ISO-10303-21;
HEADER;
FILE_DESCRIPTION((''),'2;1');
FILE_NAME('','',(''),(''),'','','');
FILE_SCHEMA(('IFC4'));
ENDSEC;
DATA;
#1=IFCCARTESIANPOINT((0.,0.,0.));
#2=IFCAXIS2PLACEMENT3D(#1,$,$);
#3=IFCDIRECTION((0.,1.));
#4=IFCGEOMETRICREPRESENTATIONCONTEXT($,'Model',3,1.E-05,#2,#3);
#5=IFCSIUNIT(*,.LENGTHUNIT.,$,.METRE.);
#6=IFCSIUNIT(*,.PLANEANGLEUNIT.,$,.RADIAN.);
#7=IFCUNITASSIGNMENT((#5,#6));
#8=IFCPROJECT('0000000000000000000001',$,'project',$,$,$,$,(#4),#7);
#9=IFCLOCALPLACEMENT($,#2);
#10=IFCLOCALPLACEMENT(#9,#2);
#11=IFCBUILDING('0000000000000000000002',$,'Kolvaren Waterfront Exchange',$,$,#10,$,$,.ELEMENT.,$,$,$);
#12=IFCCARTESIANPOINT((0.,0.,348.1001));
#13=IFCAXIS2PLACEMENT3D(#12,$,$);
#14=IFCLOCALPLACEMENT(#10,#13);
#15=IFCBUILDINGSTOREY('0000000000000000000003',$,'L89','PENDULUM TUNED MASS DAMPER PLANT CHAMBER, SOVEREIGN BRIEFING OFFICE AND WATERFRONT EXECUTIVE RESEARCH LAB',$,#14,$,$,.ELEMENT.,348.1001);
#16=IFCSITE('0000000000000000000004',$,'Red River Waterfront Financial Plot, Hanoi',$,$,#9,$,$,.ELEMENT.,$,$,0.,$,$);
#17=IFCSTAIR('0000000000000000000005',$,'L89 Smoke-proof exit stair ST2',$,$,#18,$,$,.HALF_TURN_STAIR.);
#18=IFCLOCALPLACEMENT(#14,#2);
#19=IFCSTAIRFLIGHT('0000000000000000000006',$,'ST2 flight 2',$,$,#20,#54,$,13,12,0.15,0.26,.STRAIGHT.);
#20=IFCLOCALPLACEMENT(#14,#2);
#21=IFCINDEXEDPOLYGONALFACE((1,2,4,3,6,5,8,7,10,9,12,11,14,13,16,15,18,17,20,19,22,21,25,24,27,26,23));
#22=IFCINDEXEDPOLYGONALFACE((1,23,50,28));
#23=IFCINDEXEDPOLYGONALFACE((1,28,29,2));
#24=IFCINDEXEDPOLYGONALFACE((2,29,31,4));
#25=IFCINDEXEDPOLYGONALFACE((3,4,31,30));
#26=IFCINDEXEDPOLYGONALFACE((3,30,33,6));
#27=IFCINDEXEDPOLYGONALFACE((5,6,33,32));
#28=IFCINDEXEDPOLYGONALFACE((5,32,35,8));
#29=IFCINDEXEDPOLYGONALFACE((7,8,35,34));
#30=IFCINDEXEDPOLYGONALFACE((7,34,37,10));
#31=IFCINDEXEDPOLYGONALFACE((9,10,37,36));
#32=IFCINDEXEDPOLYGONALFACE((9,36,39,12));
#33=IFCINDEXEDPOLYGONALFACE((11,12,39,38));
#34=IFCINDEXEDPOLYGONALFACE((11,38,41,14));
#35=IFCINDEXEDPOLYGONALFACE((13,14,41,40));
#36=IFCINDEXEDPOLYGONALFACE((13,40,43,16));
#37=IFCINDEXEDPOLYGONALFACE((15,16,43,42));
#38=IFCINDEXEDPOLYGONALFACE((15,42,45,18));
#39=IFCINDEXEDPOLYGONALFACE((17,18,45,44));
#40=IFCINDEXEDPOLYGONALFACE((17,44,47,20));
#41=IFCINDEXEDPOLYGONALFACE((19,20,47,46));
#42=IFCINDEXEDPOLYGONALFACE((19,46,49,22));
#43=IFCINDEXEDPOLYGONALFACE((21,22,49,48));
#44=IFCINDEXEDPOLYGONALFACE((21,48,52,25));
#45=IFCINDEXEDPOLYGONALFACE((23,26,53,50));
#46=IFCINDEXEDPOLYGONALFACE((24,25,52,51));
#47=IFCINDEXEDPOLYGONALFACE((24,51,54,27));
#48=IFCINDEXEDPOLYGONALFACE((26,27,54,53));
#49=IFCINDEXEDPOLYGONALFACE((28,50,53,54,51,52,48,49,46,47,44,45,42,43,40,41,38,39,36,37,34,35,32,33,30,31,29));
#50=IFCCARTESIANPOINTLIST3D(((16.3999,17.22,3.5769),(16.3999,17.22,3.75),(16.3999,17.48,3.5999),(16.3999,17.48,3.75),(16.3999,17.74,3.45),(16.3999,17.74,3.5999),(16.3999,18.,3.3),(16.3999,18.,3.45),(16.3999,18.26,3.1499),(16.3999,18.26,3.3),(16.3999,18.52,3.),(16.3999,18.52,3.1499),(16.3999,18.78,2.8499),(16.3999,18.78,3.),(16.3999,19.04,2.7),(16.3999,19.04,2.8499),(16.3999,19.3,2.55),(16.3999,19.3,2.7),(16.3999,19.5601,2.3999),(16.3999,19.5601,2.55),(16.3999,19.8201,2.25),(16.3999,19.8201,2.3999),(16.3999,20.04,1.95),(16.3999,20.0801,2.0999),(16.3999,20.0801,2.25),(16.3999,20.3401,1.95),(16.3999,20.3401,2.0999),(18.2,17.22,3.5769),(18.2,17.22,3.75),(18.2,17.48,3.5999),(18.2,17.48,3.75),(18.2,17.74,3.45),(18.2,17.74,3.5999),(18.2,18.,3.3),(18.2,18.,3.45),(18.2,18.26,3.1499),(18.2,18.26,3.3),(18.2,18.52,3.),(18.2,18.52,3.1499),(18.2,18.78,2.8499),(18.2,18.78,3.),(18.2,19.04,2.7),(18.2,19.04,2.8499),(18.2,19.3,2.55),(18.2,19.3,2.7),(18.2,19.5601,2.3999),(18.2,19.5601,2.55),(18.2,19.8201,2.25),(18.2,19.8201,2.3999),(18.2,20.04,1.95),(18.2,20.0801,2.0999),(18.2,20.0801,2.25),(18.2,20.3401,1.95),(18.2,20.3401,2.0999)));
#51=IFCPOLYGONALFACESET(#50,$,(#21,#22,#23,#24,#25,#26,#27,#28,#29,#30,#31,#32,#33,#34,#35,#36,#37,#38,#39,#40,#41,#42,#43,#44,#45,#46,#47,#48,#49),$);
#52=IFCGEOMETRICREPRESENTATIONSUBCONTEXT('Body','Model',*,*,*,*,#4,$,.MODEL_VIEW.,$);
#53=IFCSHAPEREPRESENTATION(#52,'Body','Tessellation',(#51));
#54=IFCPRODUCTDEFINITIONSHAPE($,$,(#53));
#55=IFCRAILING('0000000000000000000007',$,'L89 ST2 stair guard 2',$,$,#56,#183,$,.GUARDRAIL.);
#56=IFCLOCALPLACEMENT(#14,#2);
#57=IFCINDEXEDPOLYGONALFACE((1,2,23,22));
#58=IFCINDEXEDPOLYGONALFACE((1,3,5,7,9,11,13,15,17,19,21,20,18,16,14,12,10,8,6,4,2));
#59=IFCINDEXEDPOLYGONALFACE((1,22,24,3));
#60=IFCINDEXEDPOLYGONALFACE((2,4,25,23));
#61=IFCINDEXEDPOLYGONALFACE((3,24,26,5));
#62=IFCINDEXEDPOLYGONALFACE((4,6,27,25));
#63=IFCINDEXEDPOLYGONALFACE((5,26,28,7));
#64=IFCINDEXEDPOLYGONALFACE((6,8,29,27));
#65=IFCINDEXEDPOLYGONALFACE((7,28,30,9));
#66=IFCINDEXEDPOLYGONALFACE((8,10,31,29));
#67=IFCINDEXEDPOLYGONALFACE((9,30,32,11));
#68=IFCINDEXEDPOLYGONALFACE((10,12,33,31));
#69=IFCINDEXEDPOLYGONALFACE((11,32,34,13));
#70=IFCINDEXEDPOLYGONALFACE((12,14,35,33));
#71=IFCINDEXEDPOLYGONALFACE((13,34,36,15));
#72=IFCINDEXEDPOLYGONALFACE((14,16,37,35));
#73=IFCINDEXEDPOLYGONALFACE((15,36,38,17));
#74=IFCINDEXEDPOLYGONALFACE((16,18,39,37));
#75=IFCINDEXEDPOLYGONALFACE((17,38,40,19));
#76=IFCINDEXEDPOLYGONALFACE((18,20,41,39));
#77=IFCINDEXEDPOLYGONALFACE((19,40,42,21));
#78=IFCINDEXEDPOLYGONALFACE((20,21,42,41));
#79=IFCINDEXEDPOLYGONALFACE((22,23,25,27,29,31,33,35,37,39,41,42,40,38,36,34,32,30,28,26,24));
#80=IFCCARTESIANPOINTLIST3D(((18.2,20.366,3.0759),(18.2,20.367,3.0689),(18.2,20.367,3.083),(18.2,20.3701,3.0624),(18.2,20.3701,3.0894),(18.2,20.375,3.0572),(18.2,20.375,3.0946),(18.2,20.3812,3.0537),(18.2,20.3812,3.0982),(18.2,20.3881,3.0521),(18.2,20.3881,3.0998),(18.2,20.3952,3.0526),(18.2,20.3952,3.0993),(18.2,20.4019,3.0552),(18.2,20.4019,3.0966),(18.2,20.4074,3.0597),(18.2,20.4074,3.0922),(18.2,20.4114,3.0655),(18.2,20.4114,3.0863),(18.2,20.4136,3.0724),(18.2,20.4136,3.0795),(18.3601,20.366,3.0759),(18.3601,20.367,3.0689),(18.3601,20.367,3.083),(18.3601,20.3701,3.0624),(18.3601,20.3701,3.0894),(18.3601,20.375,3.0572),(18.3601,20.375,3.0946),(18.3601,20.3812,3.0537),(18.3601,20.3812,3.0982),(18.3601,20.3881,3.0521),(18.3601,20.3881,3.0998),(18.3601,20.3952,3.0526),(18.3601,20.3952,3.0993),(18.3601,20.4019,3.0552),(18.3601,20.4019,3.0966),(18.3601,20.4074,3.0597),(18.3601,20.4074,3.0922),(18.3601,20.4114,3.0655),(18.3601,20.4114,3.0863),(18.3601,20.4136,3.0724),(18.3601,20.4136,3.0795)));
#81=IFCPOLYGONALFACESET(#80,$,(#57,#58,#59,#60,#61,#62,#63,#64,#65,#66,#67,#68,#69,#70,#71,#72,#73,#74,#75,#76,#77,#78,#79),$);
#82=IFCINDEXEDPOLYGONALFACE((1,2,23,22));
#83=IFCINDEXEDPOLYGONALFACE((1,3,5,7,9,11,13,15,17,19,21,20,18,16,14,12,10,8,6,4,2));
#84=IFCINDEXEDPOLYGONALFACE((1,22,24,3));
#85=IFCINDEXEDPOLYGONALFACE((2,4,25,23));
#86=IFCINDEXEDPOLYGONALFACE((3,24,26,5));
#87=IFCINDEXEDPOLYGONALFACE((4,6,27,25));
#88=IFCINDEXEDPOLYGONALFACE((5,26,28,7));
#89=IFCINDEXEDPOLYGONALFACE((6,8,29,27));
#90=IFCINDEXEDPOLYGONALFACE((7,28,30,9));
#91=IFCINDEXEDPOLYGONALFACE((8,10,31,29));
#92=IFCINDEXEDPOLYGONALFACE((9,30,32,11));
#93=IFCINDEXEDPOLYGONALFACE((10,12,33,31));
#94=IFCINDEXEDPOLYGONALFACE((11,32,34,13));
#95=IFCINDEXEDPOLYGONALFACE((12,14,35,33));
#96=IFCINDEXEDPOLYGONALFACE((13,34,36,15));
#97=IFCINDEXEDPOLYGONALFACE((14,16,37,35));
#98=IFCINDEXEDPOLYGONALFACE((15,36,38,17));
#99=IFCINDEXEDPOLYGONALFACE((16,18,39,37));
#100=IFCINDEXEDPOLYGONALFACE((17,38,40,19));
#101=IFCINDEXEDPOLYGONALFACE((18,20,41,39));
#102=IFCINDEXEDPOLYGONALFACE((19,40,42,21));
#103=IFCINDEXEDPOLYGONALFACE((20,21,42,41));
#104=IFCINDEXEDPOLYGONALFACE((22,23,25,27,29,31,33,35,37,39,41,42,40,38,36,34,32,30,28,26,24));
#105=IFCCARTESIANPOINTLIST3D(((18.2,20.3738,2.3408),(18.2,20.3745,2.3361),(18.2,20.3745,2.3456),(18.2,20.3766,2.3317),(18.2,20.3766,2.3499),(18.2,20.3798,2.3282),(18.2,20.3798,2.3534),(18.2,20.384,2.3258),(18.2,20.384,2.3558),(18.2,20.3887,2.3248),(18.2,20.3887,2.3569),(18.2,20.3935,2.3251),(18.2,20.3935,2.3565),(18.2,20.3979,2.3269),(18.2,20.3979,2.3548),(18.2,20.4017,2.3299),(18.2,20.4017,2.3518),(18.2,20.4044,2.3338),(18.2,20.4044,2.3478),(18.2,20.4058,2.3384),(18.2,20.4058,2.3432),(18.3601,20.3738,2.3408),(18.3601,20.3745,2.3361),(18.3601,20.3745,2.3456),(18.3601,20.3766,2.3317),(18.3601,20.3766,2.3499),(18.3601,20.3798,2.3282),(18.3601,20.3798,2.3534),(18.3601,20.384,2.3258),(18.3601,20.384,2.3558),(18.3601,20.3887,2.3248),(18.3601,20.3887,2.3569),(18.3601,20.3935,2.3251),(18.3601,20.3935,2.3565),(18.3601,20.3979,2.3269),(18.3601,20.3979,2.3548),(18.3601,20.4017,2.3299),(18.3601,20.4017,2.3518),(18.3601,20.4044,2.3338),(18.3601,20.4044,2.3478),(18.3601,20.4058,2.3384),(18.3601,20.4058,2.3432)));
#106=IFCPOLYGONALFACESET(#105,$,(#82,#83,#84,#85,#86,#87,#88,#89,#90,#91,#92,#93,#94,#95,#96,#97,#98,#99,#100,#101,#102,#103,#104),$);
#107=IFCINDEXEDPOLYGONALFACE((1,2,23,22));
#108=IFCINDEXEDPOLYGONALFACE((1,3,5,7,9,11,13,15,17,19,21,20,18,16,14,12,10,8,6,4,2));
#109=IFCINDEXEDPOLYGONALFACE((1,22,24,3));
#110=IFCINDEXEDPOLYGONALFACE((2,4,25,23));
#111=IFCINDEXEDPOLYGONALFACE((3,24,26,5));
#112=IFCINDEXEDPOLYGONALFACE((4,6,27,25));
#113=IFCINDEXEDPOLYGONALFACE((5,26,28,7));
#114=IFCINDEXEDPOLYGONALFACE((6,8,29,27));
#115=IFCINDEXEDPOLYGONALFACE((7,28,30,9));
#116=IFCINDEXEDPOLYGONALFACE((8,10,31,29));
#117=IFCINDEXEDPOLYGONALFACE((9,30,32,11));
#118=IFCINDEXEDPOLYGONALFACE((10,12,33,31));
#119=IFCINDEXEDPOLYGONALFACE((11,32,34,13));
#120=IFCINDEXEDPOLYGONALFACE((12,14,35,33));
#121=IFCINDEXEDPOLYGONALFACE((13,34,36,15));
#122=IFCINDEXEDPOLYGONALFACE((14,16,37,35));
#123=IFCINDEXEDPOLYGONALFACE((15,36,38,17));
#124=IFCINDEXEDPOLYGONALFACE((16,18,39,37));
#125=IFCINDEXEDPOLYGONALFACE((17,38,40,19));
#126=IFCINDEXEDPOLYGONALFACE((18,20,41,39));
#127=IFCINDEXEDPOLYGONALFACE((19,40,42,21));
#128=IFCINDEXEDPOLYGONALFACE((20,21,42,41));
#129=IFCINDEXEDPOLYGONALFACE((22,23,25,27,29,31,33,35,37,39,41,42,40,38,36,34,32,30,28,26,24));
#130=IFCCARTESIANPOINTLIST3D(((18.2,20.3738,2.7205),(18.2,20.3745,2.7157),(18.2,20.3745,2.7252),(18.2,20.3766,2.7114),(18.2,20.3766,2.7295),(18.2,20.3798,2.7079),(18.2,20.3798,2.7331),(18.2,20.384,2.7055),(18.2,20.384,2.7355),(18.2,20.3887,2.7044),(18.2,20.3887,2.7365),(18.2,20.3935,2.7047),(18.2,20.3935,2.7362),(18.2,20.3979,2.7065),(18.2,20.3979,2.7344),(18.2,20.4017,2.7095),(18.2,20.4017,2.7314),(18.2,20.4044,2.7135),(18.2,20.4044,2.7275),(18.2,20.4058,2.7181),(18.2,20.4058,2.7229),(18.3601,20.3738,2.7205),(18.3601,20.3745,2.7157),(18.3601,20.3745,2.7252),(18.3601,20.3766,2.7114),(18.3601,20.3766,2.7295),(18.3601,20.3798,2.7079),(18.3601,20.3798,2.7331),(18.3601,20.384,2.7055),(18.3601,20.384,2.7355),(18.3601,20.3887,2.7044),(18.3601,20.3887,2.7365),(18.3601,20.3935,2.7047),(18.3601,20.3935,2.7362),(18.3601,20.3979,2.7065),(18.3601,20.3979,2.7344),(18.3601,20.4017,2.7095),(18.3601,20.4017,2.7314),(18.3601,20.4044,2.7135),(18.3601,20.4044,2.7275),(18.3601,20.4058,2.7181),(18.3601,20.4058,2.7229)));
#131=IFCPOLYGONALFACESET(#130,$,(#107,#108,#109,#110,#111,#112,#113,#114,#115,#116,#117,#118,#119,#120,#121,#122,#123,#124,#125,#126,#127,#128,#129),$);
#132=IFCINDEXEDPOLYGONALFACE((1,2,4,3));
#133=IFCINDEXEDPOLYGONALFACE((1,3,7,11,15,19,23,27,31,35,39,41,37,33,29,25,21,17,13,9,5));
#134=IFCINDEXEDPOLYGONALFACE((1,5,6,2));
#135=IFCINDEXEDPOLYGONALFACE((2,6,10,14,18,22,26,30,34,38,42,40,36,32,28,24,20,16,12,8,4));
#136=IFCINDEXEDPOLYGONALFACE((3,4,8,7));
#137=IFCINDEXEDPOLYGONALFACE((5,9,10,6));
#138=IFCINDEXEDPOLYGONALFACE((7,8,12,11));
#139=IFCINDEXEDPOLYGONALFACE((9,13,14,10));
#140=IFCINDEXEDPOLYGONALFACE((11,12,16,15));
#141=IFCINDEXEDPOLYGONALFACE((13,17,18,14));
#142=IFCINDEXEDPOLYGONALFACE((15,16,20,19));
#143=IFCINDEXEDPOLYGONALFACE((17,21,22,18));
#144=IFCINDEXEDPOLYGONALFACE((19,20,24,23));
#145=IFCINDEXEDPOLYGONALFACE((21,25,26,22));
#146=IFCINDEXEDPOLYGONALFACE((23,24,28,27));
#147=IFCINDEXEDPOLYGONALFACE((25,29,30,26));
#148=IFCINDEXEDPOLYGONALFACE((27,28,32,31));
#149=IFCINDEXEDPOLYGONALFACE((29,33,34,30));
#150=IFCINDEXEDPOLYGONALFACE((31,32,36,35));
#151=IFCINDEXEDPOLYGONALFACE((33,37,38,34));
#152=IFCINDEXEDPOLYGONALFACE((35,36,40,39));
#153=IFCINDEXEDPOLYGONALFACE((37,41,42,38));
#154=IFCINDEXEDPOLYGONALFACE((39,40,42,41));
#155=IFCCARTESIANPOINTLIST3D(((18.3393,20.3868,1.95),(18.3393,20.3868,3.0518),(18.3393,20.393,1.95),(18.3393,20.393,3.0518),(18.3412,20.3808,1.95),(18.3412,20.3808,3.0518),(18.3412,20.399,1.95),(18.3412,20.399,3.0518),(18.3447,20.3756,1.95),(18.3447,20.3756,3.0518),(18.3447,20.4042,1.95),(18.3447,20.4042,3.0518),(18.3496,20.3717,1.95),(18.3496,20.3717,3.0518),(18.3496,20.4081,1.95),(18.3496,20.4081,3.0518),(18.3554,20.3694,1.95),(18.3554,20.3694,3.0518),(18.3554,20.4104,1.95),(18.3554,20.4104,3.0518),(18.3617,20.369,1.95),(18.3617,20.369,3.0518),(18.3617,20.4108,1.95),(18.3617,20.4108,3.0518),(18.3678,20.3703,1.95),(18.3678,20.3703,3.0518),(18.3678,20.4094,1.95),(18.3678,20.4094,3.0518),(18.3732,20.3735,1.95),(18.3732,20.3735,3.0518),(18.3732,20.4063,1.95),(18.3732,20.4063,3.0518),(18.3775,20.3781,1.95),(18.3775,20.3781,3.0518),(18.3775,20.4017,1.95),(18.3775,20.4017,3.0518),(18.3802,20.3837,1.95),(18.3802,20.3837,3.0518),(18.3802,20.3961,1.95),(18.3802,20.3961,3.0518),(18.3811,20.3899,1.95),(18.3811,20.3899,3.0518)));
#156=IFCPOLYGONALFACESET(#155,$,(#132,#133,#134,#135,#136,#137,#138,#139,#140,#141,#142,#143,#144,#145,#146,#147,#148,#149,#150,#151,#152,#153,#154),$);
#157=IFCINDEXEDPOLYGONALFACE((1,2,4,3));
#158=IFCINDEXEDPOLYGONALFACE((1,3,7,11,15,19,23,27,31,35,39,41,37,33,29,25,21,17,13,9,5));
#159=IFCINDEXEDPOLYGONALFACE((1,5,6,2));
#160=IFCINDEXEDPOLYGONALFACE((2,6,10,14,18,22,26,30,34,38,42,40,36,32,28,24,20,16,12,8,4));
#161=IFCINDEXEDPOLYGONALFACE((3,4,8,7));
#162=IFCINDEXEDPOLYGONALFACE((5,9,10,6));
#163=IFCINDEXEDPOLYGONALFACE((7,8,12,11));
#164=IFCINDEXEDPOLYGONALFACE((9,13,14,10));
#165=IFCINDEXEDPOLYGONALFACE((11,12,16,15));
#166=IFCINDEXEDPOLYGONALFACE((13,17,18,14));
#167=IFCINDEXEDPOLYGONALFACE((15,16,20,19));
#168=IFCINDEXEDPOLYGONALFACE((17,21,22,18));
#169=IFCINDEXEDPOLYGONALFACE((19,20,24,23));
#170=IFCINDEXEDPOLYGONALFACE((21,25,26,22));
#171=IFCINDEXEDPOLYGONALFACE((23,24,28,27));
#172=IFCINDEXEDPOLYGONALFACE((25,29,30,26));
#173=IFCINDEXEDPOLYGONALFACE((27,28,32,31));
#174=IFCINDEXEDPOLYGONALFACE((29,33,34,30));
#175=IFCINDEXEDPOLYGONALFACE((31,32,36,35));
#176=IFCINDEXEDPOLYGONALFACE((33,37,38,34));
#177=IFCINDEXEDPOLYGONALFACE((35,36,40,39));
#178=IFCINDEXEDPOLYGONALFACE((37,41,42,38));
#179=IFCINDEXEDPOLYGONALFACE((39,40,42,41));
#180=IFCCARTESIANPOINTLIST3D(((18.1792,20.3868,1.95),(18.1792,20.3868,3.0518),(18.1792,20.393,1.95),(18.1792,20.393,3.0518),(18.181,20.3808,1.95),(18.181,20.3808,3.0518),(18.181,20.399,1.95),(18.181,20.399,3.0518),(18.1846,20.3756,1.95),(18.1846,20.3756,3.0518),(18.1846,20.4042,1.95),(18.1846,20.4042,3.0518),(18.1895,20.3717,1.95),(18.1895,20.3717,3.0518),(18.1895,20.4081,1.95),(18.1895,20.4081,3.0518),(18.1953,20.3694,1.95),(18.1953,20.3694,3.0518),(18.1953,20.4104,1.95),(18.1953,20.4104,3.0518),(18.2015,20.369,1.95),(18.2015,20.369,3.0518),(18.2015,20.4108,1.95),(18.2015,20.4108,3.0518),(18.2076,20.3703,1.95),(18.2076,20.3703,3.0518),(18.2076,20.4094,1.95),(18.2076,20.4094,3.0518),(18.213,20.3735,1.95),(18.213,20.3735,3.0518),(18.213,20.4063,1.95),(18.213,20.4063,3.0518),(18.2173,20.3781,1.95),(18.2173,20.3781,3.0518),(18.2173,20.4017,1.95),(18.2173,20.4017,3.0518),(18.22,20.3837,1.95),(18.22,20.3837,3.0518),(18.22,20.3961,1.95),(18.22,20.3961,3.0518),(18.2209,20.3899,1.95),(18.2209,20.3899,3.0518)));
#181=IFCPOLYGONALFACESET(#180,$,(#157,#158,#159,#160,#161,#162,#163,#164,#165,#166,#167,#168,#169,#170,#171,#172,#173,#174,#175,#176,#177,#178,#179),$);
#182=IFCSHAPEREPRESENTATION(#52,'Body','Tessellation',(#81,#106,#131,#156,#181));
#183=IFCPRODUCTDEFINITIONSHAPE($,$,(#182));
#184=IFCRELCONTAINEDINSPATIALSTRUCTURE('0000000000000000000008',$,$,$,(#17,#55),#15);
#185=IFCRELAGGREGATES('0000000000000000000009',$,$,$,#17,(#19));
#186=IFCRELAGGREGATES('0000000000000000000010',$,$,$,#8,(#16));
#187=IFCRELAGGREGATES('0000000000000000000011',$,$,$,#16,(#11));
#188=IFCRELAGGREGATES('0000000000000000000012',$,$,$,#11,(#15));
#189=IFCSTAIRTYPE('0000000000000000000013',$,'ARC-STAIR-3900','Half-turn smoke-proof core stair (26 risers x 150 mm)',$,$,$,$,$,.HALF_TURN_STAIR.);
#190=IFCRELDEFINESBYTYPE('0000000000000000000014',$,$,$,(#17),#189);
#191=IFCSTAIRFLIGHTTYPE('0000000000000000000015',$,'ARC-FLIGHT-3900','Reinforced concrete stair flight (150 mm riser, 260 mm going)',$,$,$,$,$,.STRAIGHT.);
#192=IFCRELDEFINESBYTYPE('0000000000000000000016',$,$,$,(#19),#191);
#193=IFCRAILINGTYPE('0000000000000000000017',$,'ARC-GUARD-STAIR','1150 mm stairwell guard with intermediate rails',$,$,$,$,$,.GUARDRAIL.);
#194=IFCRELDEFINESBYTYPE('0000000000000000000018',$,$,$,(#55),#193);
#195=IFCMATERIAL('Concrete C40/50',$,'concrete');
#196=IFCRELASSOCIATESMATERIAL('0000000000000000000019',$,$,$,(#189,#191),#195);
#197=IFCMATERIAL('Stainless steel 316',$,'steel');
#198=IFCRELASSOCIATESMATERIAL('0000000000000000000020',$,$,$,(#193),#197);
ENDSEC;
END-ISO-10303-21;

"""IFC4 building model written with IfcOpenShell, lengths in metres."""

from ifc_helpers import new_model, si_unit, direction, frame, origin, origin_2d, place, context, subcontext, project, spatial, polyline, circle, outline, extrude, material, type_object, element, aggregate, save


model = new_model("IFC4")

# Units and contexts
model_context = context("Model", 3, precision=1e-05, world=origin(), true_north=direction((0.0, 1.0)))
body_context = subcontext(model_context, "Body", "Model", "MODEL_VIEW")
ifc_project = project(units=[si_unit("LENGTHUNIT", "METRE"), si_unit("PLANEANGLEUNIT", "RADIAN")], contexts=[model_context])

# Site, building, storey
site_placement = place(None, origin())
site = spatial("IfcSite", under=ifc_project, at=site_placement, Name="Red River Waterfront Financial Plot, Hanoi", CompositionType="ELEMENT", RefElevation=0.0)
building_placement = place(site_placement, origin())
building = spatial("IfcBuilding", under=site, at=building_placement, Name="Kolvaren Waterfront Exchange", CompositionType="ELEMENT")
storey_placement = place(building_placement, frame((0.0, 0.0, 348.1001)))
storey = spatial("IfcBuildingStorey", under=building, at=storey_placement, Name="L89", Description="PENDULUM TUNED MASS DAMPER PLANT CHAMBER, SOVEREIGN BRIEFING OFFICE AND WATERFRONT EXECUTIVE RESEARCH LAB", CompositionType="ELEMENT", Elevation=348.1001)

# Shared definitions
ifc_material_1 = material(Name="Concrete C40/50", Category="concrete")

# Stair, stair flight
stair_type = type_object("IfcStairType", Name="ARC-STAIR-3900", Description="Half-turn smoke-proof core stair (26 risers x 150 mm)", PredefinedType="HALF_TURN_STAIR", material=ifc_material_1)
stair_placement = place(storey_placement, origin())
stair = element("IfcStair", 1, at=stair_placement, inside=storey, type_object=stair_type, Name="L89 Smoke-proof exit stair ST2", PredefinedType="HALF_TURN_STAIR")
stair_flight_type = type_object("IfcStairFlightType", Name="ARC-FLIGHT-3900", Description="Reinforced concrete stair flight (150 mm riser, 260 mm going)", PredefinedType="STRAIGHT", material=ifc_material_1)
stair_flight_placement = place(storey_placement, frame((17.3, 20.3401, 1.95), z_axis=(0.0, 0.0, 1.0), x_axis=(0.0, -1.0, 0.0)))
stair_flight = element("IfcStairFlight", 2, at=stair_flight_placement, type_object=stair_flight_type, Name="ST2 flight 2", NumberOfRisers=13, NumberOfTreads=12, PredefinedType="STRAIGHT", RiserHeight=0.15, TreadLength=0.26, context=body_context, shape_type="SweptSolid", body=[
    extrude(outline(polyline([(0.0, 0.0), (0.0, 0.1499), (0.26, 0.1499), (0.26, 0.3), (0.52, 0.3), (0.52, 0.45), (0.78, 0.45), (0.78, 0.6001), (1.04, 0.6001), (1.04, 0.75), (1.3, 0.75), (1.3, 0.8999), (1.5601, 0.8999), (1.5601, 1.05), (1.8201, 1.05), (1.8201, 1.2), (2.0801, 1.2), (2.0801, 1.3501), (2.3401, 1.3501), (2.3401, 1.5), (2.6001, 1.5), (2.6001, 1.6499), (2.8601, 1.6499), (2.8601, 1.8), (3.1201, 1.8), (3.1201, 1.95), (3.1201, 1.627), (0.3, 0.0), (0.0, 0.0)])), frame((0.0, 0.8999, 0.0), z_axis=(0.0, -1.0, 0.0), x_axis=(1.0, 0.0, 0.0)), (0.0, 0.0, 1.0), 1.8),
])
aggregate(stair, [stair_flight])

# Railing
ifc_material_2 = material(Name="Stainless steel 316", Category="steel")
railing_type_1 = type_object("IfcRailingType", Name="ARC-GUARD-STAIR", Description="1150 mm stairwell guard with intermediate rails", PredefinedType="GUARDRAIL", material=ifc_material_2)
railing_1_placement = place(storey_placement, frame((18.3601, 20.3899, 1.95)))
element("IfcRailing", 3, at=railing_1_placement, inside=storey, type_object=railing_type_1, Name="L89 ST2 stair guard 2", PredefinedType="GUARDRAIL", context=body_context, shape_type="SweptSolid", body=[
    extrude(circle(Radius=0.0239, at=origin_2d()), frame((0.0, 0.0, 1.126), z_axis=(-1.0, 0.0, 0.0), x_axis=(0.0, -1.0, 0.0)), (0.0, 0.0, 1.0), 0.1602),
    extrude(circle(Radius=0.0161, at=origin_2d()), frame((0.0, 0.0, 0.3909), z_axis=(-1.0, 0.0, 0.0), x_axis=(0.0, -1.0, 0.0)), (0.0, 0.0, 1.0), 0.1602),
    extrude(circle(Radius=0.0161, at=origin_2d()), frame((0.0, 0.0, 0.7705), z_axis=(-1.0, 0.0, 0.0), x_axis=(0.0, -1.0, 0.0)), (0.0, 0.0, 1.0), 0.1602),
    extrude(circle(Radius=0.021, at=origin_2d()), origin(), (0.0, 0.0, 1.0), 1.1018),
    extrude(circle(Radius=0.021, at=origin_2d()), frame((-0.1602, 0.0, 0.0)), (0.0, 0.0, 1.0), 1.1018),
])

save(model, "model.ifc")
